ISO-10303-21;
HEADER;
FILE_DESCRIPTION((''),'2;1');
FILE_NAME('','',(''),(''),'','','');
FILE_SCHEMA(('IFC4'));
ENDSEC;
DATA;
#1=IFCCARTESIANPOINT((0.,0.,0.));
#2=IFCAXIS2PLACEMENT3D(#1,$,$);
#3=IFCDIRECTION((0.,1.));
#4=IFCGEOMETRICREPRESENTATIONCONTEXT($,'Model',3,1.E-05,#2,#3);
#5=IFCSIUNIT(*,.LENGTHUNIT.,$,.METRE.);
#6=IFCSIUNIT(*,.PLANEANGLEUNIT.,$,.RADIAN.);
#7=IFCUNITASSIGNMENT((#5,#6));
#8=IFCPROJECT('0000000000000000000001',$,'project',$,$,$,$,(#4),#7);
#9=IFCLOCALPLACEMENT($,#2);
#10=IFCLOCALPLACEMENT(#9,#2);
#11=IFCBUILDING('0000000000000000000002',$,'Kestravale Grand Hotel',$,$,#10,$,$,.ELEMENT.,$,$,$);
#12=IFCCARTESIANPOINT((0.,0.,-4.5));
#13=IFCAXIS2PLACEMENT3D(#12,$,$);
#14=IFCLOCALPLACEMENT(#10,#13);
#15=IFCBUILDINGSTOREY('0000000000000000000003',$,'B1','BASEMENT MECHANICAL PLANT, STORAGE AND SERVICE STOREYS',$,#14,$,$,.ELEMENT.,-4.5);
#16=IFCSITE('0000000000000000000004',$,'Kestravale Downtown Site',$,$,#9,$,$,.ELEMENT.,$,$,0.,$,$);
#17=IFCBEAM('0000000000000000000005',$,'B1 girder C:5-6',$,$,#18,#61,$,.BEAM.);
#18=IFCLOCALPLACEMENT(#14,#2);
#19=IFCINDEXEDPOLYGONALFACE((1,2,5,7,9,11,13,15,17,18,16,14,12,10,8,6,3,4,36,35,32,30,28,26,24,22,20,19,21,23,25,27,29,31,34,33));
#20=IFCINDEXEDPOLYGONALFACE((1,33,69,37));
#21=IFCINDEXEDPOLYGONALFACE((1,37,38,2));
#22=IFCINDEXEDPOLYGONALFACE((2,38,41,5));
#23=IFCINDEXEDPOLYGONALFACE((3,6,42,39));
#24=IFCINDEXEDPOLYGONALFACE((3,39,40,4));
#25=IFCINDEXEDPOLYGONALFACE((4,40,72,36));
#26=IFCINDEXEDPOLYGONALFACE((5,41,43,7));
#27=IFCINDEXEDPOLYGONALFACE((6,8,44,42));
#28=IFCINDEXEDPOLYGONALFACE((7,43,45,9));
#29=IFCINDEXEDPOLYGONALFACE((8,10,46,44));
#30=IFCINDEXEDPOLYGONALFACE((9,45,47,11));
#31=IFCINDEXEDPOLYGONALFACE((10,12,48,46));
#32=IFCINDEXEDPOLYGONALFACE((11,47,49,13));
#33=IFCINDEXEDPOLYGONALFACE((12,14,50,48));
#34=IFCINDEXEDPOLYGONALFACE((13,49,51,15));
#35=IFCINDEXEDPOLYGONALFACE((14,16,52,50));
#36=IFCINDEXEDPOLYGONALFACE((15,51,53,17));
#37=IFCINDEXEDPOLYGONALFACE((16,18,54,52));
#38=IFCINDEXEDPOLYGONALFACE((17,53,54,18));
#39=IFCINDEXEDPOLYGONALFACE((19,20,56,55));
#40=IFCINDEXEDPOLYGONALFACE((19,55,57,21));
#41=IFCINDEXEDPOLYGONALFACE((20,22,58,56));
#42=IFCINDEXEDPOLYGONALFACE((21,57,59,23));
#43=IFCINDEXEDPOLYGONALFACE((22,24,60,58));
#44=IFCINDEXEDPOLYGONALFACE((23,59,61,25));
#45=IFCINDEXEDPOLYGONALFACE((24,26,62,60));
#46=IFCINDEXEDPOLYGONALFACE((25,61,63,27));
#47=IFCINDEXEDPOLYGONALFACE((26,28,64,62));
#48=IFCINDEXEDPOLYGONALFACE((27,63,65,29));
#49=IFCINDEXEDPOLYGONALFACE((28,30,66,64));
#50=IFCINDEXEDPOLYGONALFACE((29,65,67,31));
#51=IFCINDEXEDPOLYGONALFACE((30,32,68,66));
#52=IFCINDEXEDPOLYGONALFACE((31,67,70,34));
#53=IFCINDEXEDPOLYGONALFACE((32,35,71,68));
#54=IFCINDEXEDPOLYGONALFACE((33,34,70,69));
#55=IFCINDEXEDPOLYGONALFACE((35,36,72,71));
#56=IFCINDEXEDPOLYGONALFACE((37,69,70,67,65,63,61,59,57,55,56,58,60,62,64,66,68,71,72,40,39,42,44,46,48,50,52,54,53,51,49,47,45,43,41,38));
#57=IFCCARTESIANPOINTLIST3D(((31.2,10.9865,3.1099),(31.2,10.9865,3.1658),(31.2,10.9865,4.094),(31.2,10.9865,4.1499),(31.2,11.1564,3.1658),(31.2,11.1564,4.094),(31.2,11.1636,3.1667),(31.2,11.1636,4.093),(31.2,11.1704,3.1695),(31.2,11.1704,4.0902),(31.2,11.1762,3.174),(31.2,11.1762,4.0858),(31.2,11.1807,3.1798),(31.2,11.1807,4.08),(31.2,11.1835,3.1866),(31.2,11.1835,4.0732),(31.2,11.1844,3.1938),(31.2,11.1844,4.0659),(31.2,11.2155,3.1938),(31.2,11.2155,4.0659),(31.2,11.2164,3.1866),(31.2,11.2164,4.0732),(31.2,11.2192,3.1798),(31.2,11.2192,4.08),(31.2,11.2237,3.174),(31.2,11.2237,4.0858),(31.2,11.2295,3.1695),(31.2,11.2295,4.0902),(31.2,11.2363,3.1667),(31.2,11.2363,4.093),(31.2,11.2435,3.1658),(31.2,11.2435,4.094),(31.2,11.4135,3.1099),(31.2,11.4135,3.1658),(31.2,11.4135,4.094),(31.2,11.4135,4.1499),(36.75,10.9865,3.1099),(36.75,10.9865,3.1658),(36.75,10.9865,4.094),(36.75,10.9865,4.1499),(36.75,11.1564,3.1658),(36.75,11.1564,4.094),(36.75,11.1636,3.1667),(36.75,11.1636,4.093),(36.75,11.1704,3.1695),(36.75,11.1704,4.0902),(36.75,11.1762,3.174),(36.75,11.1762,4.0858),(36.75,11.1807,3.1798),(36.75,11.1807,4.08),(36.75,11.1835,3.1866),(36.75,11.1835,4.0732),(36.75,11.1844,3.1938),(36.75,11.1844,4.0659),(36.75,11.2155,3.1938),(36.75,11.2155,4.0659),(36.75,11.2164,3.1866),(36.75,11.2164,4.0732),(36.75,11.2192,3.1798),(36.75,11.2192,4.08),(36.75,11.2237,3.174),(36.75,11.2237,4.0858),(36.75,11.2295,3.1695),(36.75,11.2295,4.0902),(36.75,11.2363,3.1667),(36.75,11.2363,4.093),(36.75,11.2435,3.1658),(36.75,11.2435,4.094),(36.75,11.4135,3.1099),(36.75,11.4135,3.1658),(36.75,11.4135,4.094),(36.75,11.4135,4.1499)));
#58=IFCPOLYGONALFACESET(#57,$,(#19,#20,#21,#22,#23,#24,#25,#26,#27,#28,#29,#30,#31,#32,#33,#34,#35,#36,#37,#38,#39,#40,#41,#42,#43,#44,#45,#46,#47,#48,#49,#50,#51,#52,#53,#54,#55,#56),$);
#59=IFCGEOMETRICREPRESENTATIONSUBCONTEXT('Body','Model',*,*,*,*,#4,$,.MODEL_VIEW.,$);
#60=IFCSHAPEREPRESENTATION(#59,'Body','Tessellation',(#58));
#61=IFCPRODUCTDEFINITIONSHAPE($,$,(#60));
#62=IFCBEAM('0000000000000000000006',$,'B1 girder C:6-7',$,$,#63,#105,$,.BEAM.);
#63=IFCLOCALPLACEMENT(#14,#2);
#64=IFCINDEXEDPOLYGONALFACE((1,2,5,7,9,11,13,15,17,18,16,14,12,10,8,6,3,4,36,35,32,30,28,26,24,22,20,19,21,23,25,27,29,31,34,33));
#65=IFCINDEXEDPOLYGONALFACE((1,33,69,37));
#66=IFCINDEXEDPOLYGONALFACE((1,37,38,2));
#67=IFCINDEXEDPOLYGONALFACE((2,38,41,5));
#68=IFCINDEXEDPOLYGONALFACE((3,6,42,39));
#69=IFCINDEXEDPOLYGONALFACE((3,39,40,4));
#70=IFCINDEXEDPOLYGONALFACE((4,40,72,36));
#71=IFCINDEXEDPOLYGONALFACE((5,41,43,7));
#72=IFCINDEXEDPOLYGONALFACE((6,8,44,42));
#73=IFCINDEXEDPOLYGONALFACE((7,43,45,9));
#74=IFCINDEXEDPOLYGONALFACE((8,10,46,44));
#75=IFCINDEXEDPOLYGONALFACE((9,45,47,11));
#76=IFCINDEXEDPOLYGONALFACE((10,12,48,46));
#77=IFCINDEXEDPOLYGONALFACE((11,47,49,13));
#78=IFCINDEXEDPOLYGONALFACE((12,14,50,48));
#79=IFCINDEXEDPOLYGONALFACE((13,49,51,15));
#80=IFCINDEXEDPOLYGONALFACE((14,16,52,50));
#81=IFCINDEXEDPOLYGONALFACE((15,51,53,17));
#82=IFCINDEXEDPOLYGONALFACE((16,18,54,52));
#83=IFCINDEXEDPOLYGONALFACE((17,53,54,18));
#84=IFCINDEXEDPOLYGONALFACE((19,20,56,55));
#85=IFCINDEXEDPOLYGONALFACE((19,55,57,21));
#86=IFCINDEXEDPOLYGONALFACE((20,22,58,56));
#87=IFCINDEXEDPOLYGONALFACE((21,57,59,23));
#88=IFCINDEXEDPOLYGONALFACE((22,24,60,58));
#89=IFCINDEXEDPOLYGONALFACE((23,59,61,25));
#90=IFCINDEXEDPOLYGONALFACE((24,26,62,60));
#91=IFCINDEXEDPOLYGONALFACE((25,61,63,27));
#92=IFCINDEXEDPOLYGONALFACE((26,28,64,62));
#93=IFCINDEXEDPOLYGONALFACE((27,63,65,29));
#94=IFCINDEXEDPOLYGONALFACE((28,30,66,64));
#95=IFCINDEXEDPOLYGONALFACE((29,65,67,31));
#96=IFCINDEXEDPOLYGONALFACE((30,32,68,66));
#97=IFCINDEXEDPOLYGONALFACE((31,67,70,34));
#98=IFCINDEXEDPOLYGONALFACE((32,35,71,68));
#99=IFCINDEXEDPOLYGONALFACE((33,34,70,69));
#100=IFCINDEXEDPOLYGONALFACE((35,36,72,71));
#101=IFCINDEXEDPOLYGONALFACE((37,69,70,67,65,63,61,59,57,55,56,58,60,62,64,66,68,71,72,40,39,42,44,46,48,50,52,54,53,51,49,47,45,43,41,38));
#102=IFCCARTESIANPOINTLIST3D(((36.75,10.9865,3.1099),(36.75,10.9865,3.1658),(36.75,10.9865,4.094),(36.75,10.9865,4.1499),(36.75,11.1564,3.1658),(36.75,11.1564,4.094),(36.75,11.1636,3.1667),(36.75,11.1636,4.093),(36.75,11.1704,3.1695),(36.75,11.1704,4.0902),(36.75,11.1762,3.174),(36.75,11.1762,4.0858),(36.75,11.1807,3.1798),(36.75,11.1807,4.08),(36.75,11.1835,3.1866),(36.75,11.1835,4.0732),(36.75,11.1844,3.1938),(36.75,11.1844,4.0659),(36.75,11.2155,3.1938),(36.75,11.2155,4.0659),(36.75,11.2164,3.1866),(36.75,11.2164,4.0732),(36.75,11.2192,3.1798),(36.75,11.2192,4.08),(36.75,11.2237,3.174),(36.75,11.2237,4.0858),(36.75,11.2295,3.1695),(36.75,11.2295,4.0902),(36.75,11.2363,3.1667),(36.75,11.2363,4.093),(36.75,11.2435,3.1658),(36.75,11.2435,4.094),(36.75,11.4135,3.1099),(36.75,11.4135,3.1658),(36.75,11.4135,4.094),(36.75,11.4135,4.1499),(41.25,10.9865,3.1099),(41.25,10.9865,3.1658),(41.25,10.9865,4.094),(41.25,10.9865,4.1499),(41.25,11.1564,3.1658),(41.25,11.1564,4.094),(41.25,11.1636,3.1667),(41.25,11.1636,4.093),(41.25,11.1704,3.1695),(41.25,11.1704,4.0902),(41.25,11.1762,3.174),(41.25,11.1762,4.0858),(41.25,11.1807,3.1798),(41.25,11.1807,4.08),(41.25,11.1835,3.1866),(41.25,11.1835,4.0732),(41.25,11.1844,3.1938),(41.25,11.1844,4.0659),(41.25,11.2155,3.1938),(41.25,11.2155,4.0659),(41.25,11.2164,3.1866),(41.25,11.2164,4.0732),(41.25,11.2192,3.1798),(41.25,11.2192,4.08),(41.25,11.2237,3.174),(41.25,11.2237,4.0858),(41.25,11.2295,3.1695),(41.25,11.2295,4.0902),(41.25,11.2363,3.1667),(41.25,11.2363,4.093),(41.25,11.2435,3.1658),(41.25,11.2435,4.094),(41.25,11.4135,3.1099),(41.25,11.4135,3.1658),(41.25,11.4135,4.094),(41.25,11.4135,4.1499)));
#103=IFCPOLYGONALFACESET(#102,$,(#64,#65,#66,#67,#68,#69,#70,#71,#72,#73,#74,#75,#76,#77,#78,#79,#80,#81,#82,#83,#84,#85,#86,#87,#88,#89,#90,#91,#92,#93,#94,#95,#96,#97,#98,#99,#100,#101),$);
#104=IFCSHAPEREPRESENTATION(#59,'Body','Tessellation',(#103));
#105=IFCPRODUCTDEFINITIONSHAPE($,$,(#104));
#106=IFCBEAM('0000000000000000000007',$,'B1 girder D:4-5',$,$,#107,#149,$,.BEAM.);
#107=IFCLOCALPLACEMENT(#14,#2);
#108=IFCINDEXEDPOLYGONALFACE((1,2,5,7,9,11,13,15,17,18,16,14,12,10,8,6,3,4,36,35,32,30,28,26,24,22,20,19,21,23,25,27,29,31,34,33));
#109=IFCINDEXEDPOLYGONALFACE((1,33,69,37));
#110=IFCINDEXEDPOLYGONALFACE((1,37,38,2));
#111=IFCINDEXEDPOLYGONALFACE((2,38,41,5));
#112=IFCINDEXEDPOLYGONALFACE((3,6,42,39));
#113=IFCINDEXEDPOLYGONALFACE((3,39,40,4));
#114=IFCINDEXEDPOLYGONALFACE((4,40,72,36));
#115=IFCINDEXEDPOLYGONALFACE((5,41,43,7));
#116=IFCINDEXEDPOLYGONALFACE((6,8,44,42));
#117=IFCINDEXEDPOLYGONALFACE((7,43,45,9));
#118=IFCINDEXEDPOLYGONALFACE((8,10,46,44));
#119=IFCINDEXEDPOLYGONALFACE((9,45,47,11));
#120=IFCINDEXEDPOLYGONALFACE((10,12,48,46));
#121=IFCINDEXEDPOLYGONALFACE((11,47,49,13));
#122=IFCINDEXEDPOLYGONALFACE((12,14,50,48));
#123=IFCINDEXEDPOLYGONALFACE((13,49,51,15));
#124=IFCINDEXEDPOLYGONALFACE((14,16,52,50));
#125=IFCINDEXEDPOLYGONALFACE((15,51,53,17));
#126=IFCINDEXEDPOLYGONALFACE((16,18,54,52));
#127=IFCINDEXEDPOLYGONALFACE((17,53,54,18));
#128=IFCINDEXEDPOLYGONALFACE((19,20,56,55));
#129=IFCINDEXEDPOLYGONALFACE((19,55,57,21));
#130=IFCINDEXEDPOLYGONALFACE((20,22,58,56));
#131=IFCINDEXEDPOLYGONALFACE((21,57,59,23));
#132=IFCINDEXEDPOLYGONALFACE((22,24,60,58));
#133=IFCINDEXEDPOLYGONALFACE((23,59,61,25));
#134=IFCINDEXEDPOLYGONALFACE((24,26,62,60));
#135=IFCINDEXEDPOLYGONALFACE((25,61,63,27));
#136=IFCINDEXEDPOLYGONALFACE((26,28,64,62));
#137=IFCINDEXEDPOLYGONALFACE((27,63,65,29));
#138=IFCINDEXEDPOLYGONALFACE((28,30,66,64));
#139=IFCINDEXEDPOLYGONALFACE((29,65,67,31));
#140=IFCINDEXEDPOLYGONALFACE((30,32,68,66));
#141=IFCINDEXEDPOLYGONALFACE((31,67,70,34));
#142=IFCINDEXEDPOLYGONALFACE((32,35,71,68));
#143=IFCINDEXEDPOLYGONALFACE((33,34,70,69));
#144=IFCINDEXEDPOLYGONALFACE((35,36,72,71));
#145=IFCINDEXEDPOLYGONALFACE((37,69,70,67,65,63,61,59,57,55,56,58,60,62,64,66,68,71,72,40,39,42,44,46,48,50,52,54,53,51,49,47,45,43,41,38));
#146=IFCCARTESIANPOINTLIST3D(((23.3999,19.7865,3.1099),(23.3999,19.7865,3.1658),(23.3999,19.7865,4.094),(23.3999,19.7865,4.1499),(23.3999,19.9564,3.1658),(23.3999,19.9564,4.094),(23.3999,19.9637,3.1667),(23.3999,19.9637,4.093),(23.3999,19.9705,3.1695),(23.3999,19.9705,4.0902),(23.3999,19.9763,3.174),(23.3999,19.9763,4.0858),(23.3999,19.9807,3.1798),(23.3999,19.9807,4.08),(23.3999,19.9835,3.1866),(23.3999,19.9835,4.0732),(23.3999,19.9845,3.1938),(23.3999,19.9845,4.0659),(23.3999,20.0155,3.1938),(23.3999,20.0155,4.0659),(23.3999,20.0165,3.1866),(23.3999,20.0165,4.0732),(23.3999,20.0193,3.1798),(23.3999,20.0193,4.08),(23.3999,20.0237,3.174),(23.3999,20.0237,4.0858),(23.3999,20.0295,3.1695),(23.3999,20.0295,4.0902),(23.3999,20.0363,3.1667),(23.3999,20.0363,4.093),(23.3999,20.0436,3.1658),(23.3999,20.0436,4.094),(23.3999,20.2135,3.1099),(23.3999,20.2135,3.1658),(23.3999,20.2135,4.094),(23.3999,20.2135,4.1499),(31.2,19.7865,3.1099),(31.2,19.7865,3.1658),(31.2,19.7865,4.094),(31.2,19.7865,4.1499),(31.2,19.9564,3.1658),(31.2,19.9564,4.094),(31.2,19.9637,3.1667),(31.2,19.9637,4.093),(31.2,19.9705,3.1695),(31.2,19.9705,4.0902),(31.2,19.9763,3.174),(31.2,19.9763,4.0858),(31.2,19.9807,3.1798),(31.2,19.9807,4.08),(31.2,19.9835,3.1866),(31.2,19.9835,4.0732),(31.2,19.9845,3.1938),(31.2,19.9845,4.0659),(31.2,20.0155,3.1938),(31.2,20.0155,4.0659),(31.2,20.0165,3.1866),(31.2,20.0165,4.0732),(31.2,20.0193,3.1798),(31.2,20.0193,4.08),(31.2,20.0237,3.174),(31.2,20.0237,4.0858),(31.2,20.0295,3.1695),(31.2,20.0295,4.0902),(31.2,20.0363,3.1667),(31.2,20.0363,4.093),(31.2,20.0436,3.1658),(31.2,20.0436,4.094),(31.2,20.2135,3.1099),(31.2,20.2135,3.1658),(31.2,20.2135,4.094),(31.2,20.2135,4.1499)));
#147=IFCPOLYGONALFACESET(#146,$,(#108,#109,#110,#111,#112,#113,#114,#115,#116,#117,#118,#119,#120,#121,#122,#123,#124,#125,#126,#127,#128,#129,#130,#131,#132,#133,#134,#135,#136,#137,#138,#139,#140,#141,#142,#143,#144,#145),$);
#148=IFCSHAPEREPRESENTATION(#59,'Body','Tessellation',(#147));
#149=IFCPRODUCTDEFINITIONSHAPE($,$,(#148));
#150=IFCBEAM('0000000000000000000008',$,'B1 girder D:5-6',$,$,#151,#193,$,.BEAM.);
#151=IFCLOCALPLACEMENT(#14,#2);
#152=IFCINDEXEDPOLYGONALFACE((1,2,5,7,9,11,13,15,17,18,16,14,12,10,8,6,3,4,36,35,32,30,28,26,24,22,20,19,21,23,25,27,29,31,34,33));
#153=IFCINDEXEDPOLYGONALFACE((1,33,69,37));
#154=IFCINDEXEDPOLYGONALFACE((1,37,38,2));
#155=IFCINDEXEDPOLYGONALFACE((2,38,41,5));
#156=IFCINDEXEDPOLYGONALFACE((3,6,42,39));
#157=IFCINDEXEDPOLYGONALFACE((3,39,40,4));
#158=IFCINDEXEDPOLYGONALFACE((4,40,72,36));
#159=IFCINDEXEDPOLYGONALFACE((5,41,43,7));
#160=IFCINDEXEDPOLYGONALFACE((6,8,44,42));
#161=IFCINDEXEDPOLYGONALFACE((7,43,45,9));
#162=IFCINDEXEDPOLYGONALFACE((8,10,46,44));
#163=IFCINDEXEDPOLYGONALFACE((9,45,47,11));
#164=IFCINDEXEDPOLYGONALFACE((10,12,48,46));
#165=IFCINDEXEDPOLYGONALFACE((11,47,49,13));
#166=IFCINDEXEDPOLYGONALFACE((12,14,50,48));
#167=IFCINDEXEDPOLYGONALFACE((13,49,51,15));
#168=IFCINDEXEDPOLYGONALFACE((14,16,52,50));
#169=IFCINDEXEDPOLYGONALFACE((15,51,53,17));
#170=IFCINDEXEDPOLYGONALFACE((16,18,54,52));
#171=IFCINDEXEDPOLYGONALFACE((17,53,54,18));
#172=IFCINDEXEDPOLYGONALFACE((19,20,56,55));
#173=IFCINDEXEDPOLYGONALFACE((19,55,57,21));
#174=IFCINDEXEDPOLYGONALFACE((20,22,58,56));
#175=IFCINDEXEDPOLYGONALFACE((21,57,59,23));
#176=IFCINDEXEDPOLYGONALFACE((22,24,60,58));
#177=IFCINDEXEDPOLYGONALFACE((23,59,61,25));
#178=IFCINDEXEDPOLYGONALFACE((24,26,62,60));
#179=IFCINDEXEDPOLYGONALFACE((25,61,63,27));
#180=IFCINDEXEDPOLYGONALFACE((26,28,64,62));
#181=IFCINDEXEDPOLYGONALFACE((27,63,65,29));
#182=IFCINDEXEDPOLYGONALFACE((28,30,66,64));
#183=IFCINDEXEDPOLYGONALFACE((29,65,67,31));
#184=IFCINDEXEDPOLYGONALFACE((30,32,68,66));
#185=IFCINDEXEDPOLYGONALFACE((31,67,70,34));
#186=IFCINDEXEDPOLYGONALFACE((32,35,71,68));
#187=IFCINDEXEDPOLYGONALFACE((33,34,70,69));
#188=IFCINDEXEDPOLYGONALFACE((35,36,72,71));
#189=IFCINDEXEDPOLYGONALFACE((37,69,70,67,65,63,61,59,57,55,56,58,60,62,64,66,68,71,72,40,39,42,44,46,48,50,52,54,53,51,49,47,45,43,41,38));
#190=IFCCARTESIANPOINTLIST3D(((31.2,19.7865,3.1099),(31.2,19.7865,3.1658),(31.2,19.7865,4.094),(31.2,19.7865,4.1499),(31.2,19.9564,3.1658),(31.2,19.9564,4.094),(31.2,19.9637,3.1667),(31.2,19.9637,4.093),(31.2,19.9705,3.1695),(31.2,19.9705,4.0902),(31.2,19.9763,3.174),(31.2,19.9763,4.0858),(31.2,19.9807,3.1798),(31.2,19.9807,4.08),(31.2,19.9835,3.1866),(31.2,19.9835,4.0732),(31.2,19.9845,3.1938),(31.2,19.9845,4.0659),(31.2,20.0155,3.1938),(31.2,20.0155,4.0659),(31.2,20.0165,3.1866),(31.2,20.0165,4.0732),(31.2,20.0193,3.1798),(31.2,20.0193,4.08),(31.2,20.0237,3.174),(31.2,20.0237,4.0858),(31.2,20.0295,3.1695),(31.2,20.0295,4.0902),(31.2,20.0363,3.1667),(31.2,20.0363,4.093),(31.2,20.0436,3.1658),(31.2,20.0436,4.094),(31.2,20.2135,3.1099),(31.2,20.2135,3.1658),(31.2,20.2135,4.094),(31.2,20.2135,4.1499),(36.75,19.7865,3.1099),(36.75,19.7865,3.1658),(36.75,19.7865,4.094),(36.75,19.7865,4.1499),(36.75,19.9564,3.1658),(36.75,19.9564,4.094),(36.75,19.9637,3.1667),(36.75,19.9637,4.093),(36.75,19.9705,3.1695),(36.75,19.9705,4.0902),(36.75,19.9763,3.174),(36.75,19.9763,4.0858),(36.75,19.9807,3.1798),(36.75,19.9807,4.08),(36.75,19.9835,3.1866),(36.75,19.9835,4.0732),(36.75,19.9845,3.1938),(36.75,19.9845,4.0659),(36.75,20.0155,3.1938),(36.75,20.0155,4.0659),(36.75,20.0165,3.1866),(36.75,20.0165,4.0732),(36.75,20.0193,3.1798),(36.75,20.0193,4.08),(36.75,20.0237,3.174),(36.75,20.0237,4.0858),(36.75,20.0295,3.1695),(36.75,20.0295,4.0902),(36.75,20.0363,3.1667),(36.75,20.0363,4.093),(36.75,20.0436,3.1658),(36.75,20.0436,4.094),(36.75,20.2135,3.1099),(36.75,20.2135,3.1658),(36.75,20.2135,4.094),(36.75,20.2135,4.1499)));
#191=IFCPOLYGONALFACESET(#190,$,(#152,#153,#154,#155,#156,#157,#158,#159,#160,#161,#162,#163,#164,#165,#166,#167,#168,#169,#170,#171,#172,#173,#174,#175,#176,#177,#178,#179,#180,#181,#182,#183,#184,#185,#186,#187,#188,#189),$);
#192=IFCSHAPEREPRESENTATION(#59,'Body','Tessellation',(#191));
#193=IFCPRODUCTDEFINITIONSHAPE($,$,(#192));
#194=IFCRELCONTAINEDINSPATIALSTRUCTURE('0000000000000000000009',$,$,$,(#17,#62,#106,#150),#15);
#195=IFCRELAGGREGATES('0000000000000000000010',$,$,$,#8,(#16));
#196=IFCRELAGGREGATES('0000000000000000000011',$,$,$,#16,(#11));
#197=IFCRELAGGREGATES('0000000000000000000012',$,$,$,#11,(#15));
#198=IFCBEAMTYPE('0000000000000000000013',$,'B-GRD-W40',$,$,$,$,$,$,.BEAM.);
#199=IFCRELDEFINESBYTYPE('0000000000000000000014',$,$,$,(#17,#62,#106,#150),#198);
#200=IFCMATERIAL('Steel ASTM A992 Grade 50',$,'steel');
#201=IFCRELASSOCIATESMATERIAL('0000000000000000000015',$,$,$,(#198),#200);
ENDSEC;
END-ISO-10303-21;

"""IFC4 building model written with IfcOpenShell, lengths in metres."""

from ifc_helpers import new_model, si_unit, direction, frame, origin, origin_2d, place, context, subcontext, project, spatial, i_section, extrude, material, material_profile, profile_set, type_object, element, save


model = new_model("IFC4")

# Units and contexts
model_context = context("Model", 3, precision=1e-05, world=origin(), true_north=direction((0.0, 1.0)))
body_context = subcontext(model_context, "Body", "Model", "MODEL_VIEW")
ifc_project = project(units=[si_unit("LENGTHUNIT", "METRE"), si_unit("PLANEANGLEUNIT", "RADIAN")], contexts=[model_context])

# Site, building, storey
site_placement = place(None, origin())
site = spatial("IfcSite", under=ifc_project, at=site_placement, Name="Kestravale Downtown Site", CompositionType="ELEMENT", RefElevation=0.0)
building_placement = place(site_placement, origin())
building = spatial("IfcBuilding", under=site, at=building_placement, Name="Kestravale Grand Hotel", CompositionType="ELEMENT")
storey_placement = place(building_placement, frame((0.0, 0.0, -4.5)))
storey = spatial("IfcBuildingStorey", under=building, at=storey_placement, Name="B1", Description="BASEMENT MECHANICAL PLANT, STORAGE AND SERVICE STOREYS", CompositionType="ELEMENT", Elevation=-4.5)

# Beams
ifc_material_1 = material(Name="Steel ASTM A992 Grade 50", Category="steel")
ifc_material_profile_1 = material_profile(ifc_material_1, i_section(OverallWidth=0.427, OverallDepth=1.04, WebThickness=0.031, FlangeThickness=0.0559, FilletRadius=0.0281, at=origin_2d()))
ifc_profile_set_1 = profile_set([ifc_material_profile_1], Name="Steel ASTM A992 Grade 50")
beam_type_1 = type_object("IfcBeamType", Name="B-GRD-W40", PredefinedType="BEAM", material=ifc_profile_set_1)
beam_1_placement = place(storey_placement, frame((31.2, 11.2, 3.6299), z_axis=(1.0, 0.0, 0.0), x_axis=(0.0, 1.0, 0.0)))
element("IfcBeam", 1, at=beam_1_placement, inside=storey, type_object=beam_type_1, Name="B1 girder C:5-6", PredefinedType="BEAM", context=body_context, shape_type="SweptSolid", body=[
    extrude(i_section(OverallWidth=0.427, OverallDepth=1.04, WebThickness=0.031, FlangeThickness=0.0559, FilletRadius=0.0281, at=origin_2d()), origin(), (0.0, 0.0, 1.0), 5.55),
])
beam_2_placement = place(storey_placement, frame((36.75, 11.2, 3.6299), z_axis=(1.0, 0.0, 0.0), x_axis=(0.0, 1.0, 0.0)))
element("IfcBeam", 2, at=beam_2_placement, inside=storey, type_object=beam_type_1, Name="B1 girder C:6-7", PredefinedType="BEAM", context=body_context, shape_type="SweptSolid", body=[
    extrude(i_section(OverallWidth=0.427, OverallDepth=1.04, WebThickness=0.031, FlangeThickness=0.0559, FilletRadius=0.0281, at=origin_2d()), origin(), (0.0, 0.0, 1.0), 4.5),
])
beam_3_placement = place(storey_placement, frame((23.3999, 20.0, 3.6299), z_axis=(1.0, 0.0, 0.0), x_axis=(0.0, 1.0, 0.0)))
element("IfcBeam", 3, at=beam_3_placement, inside=storey, type_object=beam_type_1, Name="B1 girder D:4-5", PredefinedType="BEAM", context=body_context, shape_type="SweptSolid", body=[
    extrude(i_section(OverallWidth=0.427, OverallDepth=1.04, WebThickness=0.031, FlangeThickness=0.0559, FilletRadius=0.0281, at=origin_2d()), origin(), (0.0, 0.0, 1.0), 7.8),
])
beam_4_placement = place(storey_placement, frame((31.2, 20.0, 3.6299), z_axis=(1.0, 0.0, 0.0), x_axis=(0.0, 1.0, 0.0)))
element("IfcBeam", 4, at=beam_4_placement, inside=storey, type_object=beam_type_1, Name="B1 girder D:5-6", PredefinedType="BEAM", context=body_context, shape_type="SweptSolid", body=[
    extrude(i_section(OverallWidth=0.427, OverallDepth=1.04, WebThickness=0.031, FlangeThickness=0.0559, FilletRadius=0.0281, at=origin_2d()), origin(), (0.0, 0.0, 1.0), 5.55),
])

save(model, "model.ifc")
